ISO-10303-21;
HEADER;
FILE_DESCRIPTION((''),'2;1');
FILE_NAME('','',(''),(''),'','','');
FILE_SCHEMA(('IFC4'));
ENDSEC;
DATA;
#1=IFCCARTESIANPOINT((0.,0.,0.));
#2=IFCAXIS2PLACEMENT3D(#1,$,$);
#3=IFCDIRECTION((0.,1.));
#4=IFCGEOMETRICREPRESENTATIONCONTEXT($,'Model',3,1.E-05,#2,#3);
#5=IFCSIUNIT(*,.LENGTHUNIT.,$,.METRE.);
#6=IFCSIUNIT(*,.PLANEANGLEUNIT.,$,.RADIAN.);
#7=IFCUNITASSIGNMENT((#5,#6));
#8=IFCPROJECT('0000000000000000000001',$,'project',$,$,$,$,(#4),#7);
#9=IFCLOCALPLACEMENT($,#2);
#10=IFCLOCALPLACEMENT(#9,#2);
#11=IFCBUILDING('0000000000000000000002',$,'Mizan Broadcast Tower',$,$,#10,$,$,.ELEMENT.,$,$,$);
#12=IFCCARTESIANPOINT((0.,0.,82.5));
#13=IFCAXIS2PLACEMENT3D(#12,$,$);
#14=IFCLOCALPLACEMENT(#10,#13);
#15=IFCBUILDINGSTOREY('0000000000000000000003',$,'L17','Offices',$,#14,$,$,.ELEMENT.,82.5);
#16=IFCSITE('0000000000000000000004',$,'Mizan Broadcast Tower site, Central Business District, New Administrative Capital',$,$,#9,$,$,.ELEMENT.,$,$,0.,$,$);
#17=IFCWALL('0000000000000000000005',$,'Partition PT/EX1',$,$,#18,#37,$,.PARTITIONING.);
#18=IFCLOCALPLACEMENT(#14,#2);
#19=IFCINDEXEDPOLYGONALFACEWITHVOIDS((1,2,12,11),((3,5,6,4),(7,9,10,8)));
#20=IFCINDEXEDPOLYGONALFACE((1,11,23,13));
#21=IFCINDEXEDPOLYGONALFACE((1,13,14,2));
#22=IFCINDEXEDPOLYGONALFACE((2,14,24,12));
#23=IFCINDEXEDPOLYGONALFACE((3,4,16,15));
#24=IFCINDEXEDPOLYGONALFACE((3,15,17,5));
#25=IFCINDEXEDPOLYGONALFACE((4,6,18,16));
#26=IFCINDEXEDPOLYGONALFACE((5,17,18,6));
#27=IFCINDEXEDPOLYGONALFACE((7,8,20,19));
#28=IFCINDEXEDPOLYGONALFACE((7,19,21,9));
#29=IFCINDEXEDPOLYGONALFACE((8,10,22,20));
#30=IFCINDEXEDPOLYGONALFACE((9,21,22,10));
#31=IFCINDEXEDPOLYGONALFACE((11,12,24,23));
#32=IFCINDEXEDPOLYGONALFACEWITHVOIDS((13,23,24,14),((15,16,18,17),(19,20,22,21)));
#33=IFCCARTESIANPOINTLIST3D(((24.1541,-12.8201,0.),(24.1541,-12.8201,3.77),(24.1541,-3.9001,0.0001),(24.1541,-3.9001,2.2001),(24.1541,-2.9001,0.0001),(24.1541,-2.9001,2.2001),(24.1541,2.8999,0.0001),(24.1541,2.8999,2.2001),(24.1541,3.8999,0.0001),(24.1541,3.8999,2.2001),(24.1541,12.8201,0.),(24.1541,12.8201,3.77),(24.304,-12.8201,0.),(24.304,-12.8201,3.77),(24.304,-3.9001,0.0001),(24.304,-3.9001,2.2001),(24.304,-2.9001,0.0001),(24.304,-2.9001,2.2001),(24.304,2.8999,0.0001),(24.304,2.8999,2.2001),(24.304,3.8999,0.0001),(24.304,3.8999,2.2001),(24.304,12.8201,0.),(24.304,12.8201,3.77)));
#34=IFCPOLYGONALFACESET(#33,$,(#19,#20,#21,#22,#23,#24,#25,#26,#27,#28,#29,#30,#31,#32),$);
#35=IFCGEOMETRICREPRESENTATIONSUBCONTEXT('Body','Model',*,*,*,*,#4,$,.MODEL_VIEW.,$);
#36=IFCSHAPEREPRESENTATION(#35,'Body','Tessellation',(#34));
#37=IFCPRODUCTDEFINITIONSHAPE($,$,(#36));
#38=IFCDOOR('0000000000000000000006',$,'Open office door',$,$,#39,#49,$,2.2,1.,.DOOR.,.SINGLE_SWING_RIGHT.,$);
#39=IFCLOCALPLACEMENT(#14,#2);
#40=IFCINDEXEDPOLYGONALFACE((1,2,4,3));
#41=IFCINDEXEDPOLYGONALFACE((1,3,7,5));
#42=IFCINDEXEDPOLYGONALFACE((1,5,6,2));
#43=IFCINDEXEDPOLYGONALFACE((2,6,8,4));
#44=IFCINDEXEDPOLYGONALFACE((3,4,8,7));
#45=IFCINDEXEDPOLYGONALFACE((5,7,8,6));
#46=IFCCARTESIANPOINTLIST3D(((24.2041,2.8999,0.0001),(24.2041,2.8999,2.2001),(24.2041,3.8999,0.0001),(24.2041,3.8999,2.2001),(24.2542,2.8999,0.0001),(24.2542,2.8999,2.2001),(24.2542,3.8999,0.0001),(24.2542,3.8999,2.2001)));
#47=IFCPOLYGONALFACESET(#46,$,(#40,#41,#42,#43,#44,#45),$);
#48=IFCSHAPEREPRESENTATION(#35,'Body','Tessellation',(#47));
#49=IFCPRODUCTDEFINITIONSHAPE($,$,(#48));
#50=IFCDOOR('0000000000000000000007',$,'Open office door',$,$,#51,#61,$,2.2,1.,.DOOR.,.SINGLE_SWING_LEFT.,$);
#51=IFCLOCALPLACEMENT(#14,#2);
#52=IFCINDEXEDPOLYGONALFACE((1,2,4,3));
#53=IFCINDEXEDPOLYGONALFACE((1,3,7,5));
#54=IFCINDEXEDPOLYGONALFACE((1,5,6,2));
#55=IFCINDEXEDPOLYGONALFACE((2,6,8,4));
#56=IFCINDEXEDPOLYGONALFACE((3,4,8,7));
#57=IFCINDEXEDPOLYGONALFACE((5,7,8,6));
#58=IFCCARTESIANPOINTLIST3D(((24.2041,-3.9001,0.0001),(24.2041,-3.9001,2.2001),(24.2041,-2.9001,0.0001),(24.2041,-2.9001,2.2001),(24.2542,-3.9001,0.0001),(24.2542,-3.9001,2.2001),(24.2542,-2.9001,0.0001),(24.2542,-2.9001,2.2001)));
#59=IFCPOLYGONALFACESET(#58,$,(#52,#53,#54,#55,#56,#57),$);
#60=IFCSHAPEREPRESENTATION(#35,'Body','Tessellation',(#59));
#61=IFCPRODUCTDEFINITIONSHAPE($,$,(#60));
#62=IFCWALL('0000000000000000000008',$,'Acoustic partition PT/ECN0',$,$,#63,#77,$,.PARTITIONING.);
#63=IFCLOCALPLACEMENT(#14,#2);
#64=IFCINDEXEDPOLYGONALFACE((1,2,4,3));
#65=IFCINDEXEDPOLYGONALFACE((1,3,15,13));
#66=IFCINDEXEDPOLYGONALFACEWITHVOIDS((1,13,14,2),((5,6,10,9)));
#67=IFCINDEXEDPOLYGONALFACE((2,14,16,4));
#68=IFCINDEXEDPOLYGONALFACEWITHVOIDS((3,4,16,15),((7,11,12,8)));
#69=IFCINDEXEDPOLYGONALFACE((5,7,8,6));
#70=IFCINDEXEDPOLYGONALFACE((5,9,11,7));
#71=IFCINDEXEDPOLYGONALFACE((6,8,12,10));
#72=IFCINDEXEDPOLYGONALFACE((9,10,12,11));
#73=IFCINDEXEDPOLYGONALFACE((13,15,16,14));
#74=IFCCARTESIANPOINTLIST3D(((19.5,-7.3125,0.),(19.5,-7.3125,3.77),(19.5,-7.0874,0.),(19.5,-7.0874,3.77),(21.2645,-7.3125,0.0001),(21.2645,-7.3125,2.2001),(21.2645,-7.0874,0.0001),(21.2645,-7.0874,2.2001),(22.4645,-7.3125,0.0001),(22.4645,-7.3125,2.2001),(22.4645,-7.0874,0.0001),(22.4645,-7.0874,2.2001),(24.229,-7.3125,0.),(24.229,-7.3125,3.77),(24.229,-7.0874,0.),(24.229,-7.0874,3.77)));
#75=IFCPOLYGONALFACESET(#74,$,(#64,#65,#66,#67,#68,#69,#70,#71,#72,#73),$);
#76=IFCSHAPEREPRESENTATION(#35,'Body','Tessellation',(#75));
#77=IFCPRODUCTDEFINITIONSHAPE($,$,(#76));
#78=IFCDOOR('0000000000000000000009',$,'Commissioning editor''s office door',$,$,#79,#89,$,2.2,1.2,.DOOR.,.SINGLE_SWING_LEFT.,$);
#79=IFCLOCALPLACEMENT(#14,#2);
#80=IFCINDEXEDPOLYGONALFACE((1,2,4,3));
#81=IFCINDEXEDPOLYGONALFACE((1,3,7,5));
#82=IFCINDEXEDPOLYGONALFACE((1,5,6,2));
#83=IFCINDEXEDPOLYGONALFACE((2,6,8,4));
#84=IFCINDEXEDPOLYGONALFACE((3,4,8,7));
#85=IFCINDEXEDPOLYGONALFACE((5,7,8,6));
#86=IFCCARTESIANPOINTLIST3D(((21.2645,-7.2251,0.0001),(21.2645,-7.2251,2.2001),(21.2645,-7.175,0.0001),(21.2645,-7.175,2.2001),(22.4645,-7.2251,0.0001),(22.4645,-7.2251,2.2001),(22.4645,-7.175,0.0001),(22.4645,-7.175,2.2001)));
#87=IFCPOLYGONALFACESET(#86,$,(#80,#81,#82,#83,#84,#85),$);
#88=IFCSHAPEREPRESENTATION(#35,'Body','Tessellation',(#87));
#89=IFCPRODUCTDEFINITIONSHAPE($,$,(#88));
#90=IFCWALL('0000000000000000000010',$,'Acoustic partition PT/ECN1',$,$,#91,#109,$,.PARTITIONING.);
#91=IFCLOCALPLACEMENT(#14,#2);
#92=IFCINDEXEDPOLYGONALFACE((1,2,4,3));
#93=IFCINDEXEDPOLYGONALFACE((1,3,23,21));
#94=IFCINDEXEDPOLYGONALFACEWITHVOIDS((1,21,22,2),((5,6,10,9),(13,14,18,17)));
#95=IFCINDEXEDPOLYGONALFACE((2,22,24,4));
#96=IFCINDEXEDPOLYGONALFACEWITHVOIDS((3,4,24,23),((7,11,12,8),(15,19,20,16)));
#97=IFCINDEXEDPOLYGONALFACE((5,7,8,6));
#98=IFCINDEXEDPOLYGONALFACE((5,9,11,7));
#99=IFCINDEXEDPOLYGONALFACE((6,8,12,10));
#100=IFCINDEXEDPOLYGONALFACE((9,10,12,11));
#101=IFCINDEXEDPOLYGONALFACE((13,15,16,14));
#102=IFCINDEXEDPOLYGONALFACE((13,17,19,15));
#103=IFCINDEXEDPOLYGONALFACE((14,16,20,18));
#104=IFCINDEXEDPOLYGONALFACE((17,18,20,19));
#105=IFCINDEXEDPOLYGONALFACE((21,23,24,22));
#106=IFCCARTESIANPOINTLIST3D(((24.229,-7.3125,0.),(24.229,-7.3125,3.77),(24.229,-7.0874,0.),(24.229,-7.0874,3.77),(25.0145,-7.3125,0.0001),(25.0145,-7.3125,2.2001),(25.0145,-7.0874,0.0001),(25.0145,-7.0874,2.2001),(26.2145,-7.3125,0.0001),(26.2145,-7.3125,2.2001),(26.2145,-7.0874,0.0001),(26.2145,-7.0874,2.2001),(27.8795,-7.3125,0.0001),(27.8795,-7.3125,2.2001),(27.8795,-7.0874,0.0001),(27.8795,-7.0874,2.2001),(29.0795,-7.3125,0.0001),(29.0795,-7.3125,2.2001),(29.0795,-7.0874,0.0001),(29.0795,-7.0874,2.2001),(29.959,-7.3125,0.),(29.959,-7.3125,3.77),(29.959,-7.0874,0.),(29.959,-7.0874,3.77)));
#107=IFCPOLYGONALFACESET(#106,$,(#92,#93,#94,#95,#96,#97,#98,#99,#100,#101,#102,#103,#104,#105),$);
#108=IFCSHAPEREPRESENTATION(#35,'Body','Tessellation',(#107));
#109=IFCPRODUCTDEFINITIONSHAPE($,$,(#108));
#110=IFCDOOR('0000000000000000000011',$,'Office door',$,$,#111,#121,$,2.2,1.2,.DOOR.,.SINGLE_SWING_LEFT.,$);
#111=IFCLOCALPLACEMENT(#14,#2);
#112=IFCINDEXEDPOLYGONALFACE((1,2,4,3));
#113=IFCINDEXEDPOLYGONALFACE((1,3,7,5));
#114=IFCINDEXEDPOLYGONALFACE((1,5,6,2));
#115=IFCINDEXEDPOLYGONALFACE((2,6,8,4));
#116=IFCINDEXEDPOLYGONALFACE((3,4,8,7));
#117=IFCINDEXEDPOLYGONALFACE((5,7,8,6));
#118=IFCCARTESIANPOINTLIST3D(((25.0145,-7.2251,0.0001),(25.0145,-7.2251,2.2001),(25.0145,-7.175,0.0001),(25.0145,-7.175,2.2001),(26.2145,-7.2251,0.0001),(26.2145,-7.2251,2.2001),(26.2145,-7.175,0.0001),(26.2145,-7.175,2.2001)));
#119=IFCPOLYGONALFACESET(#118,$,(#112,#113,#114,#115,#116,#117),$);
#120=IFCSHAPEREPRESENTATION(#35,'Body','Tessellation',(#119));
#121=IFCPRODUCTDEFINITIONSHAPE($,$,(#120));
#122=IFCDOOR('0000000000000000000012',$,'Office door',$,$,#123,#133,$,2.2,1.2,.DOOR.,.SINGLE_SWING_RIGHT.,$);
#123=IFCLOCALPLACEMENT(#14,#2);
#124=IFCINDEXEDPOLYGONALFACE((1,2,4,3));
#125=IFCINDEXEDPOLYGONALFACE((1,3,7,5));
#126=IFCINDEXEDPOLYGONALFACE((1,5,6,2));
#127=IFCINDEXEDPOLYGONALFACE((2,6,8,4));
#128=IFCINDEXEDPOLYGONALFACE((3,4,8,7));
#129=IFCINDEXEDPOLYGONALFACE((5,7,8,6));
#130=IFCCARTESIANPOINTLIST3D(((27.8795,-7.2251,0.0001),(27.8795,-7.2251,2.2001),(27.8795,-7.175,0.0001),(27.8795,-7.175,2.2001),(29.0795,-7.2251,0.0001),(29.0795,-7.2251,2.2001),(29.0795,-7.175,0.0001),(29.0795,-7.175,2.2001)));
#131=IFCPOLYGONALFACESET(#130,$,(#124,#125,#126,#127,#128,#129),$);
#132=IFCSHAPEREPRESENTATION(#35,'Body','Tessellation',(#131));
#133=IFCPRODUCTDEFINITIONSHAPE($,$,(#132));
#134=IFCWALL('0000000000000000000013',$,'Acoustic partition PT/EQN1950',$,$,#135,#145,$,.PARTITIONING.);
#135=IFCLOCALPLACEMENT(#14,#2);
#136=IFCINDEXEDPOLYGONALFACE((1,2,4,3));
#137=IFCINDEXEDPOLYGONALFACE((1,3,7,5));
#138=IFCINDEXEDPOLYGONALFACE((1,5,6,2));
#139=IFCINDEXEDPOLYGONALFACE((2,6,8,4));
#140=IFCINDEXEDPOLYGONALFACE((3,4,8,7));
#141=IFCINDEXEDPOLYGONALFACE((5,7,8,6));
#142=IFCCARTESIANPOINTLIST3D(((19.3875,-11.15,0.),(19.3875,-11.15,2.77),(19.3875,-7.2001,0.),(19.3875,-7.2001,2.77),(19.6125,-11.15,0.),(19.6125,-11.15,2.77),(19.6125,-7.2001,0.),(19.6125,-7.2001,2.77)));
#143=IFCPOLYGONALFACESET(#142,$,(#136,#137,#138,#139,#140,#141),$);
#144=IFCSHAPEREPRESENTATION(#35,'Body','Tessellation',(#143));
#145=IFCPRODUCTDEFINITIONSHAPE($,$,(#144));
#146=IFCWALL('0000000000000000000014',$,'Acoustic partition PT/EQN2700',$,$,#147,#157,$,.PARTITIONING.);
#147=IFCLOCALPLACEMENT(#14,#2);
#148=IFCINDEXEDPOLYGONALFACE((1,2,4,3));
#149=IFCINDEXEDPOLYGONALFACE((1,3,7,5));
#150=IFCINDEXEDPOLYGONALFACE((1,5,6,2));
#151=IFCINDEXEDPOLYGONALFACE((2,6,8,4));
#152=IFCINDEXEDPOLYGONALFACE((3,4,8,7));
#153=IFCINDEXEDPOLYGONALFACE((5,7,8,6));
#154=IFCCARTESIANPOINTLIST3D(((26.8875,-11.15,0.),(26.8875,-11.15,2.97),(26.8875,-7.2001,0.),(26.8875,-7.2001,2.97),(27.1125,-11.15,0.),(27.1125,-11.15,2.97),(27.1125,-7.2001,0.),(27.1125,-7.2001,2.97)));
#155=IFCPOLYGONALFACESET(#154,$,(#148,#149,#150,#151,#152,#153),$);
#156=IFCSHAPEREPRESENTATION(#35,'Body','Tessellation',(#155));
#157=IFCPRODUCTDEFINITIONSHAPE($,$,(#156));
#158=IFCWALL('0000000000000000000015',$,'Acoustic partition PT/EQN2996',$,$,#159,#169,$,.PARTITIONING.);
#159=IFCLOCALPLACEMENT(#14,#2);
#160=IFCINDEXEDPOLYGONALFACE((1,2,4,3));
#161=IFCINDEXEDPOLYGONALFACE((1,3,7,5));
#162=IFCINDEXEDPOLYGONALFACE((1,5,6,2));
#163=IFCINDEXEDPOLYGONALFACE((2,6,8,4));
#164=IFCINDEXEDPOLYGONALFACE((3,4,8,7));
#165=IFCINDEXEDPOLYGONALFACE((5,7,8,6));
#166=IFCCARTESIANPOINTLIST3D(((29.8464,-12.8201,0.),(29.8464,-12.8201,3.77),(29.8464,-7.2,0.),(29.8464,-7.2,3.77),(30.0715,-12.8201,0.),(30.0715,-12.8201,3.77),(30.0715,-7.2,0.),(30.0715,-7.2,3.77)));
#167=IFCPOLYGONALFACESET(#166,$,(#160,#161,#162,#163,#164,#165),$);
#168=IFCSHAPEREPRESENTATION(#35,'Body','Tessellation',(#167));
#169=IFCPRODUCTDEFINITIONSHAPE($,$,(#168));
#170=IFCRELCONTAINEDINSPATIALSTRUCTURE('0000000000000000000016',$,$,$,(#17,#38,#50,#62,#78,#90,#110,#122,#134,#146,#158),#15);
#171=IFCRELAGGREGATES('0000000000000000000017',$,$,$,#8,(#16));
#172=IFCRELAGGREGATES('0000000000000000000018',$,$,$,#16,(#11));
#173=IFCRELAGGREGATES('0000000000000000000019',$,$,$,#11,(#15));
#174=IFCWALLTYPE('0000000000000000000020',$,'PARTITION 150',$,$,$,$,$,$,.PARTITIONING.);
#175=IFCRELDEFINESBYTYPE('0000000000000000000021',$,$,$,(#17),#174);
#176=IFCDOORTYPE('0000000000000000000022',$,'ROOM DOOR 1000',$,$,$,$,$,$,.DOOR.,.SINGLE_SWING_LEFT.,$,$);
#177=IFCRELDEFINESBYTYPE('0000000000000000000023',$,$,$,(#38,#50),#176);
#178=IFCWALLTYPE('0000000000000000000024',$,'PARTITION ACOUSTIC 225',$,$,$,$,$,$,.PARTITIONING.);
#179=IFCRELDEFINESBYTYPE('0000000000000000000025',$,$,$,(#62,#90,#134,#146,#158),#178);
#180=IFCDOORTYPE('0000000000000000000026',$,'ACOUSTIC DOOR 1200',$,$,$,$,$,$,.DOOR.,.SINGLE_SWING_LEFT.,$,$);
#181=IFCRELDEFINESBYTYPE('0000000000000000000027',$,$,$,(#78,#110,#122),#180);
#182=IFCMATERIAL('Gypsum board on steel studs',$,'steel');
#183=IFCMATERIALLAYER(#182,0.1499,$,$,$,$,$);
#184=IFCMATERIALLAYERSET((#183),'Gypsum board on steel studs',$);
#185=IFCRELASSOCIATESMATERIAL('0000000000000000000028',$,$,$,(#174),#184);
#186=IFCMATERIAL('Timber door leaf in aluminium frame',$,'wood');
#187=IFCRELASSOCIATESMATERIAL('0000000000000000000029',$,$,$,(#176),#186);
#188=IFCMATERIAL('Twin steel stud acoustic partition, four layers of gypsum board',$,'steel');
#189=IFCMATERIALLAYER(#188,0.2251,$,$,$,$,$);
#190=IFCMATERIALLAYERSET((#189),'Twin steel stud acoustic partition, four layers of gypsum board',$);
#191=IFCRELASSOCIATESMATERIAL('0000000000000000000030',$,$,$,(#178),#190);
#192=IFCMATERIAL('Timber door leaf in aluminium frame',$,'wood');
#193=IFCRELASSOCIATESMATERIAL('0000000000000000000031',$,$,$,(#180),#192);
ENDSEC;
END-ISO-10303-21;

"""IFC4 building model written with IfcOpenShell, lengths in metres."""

from ifc_helpers import new_model, si_unit, direction, frame, frame_2d, origin, place, context, subcontext, project, spatial, rectangle, extrude, material, layer, layer_set, type_object, element, fill, save


model = new_model("IFC4")

# Units and contexts
model_context = context("Model", 3, precision=1e-05, world=origin(), true_north=direction((0.0, 1.0)))
body_context = subcontext(model_context, "Body", "Model", "MODEL_VIEW")
ifc_project = project(units=[si_unit("LENGTHUNIT", "METRE"), si_unit("PLANEANGLEUNIT", "RADIAN")], contexts=[model_context])

# Site, building, storey
site_placement = place(None, origin())
site = spatial("IfcSite", under=ifc_project, at=site_placement, Name="Mizan Broadcast Tower site, Central Business District, New Administrative Capital", CompositionType="ELEMENT", RefElevation=0.0)
building_placement = place(site_placement, origin())
building = spatial("IfcBuilding", under=site, at=building_placement, Name="Mizan Broadcast Tower", CompositionType="ELEMENT")
storey_placement = place(building_placement, frame((0.0, 0.0, 82.5)))
storey = spatial("IfcBuildingStorey", under=building, at=storey_placement, Name="L17", Description="Offices", CompositionType="ELEMENT", Elevation=82.5)

# Wall, openings, doors
ifc_material_1 = material(Name="Gypsum board on steel studs", Category="steel")
ifc_layer_1 = layer(ifc_material_1, 0.1499)
ifc_layer_set_1 = layer_set([ifc_layer_1], Name="Gypsum board on steel studs")
wall_type_1 = type_object("IfcWallType", Name="PARTITION 150", PredefinedType="PARTITIONING", material=ifc_layer_set_1)
wall_1_placement = place(storey_placement, frame((24.229, -12.8201, 0.0), z_axis=(0.0, 0.0, 1.0), x_axis=(0.0, 1.0, 0.0)))
wall_1 = element("IfcWall", 1, at=wall_1_placement, inside=storey, type_object=wall_type_1, Name="Partition PT/EX1", PredefinedType="PARTITIONING", context=body_context, shape_type="SweptSolid", body=[
    extrude(rectangle(XDim=25.6401, YDim=0.1499, at=frame_2d((12.8201, 0.0))), origin(), (0.0, 0.0, 1.0), 3.77),
])
opening_1_placement = place(wall_1_placement, frame((15.72, 0.0, 0.0)))
opening_1 = element("IfcOpeningElement", 2, at=opening_1_placement, cuts=wall_1, PredefinedType="OPENING", context=body_context, shape_type="SweptSolid", body=[
    extrude(rectangle(XDim=1.0, YDim=2.2, at=frame_2d((0.5, 1.1001))), frame((0.0, 0.085, 0.0), z_axis=(0.0, -1.0, 0.0), x_axis=(1.0, 0.0, 0.0)), (0.0, 0.0, 1.0), 0.1699),
])
opening_2_placement = place(wall_1_placement, frame((8.9199, 0.0, 0.0)))
opening_2 = element("IfcOpeningElement", 3, at=opening_2_placement, cuts=wall_1, PredefinedType="OPENING", context=body_context, shape_type="SweptSolid", body=[
    extrude(rectangle(XDim=1.0, YDim=2.2, at=frame_2d((0.5, 1.1001))), frame((0.0, 0.085, 0.0), z_axis=(0.0, -1.0, 0.0), x_axis=(1.0, 0.0, 0.0)), (0.0, 0.0, 1.0), 0.1699),
])
ifc_material_2 = material(Name="Timber door leaf in aluminium frame", Category="wood")
door_type_1 = type_object("IfcDoorType", Name="ROOM DOOR 1000", OperationType="SINGLE_SWING_LEFT", PredefinedType="DOOR", material=ifc_material_2)
door_1_placement = place(opening_1_placement, origin())
door_1 = element("IfcDoor", 4, at=door_1_placement, inside=storey, type_object=door_type_1, Name="Open office door", OperationType="SINGLE_SWING_RIGHT", OverallHeight=2.2, OverallWidth=1.0, PredefinedType="DOOR", context=body_context, shape_type="SweptSolid", body=[
    extrude(rectangle(XDim=1.0, YDim=2.2, at=frame_2d((0.5, 1.1001))), frame((0.0, 0.0249, 0.0), z_axis=(0.0, -1.0, 0.0), x_axis=(1.0, 0.0, 0.0)), (0.0, 0.0, 1.0), 0.05),
])
fill(opening_1, door_1)
door_2_placement = place(opening_2_placement, origin())
door_2 = element("IfcDoor", 5, at=door_2_placement, inside=storey, type_object=door_type_1, Name="Open office door", OperationType="SINGLE_SWING_LEFT", OverallHeight=2.2, OverallWidth=1.0, PredefinedType="DOOR", context=body_context, shape_type="SweptSolid", body=[
    extrude(rectangle(XDim=1.0, YDim=2.2, at=frame_2d((0.5, 1.1001))), frame((0.0, 0.0249, 0.0), z_axis=(0.0, -1.0, 0.0), x_axis=(1.0, 0.0, 0.0)), (0.0, 0.0, 1.0), 0.05),
])
fill(opening_2, door_2)

# Wall, opening, door
ifc_material_3 = material(Name="Twin steel stud acoustic partition, four layers of gypsum board", Category="steel")
ifc_layer_2 = layer(ifc_material_3, 0.2251)
ifc_layer_set_2 = layer_set([ifc_layer_2], Name="Twin steel stud acoustic partition, four layers of gypsum board")
wall_type_2 = type_object("IfcWallType", Name="PARTITION ACOUSTIC 225", PredefinedType="PARTITIONING", material=ifc_layer_set_2)
wall_2_placement = place(storey_placement, frame((19.5, -7.2, 0.0), z_axis=(0.0, 0.0, 1.0), x_axis=(1.0, 0.0, 0.0)))
wall_2 = element("IfcWall", 6, at=wall_2_placement, inside=storey, type_object=wall_type_2, Name="Acoustic partition PT/ECN0", PredefinedType="PARTITIONING", context=body_context, shape_type="SweptSolid", body=[
    extrude(rectangle(XDim=4.729, YDim=0.2251, at=frame_2d((2.3645, 0.0))), origin(), (0.0, 0.0, 1.0), 3.77),
])
opening_3_placement = place(wall_2_placement, frame((1.7644, 0.0, 0.0)))
opening_3 = element("IfcOpeningElement", 7, at=opening_3_placement, cuts=wall_2, PredefinedType="OPENING", context=body_context, shape_type="SweptSolid", body=[
    extrude(rectangle(XDim=1.2, YDim=2.2, at=frame_2d((0.6001, 1.1001))), frame((0.0, 0.1226, 0.0), z_axis=(0.0, -1.0, 0.0), x_axis=(1.0, 0.0, 0.0)), (0.0, 0.0, 1.0), 0.2451),
])
ifc_material_4 = material(Name="Timber door leaf in aluminium frame", Category="wood")
door_type_2 = type_object("IfcDoorType", Name="ACOUSTIC DOOR 1200", OperationType="SINGLE_SWING_LEFT", PredefinedType="DOOR", material=ifc_material_4)
door_3_placement = place(opening_3_placement, origin())
door_3 = element("IfcDoor", 8, at=door_3_placement, inside=storey, type_object=door_type_2, Name="Commissioning editor's office door", OperationType="SINGLE_SWING_LEFT", OverallHeight=2.2, OverallWidth=1.2, PredefinedType="DOOR", context=body_context, shape_type="SweptSolid", body=[
    extrude(rectangle(XDim=1.2, YDim=2.2, at=frame_2d((0.6001, 1.1001))), frame((0.0, 0.0249, 0.0), z_axis=(0.0, -1.0, 0.0), x_axis=(1.0, 0.0, 0.0)), (0.0, 0.0, 1.0), 0.05),
])
fill(opening_3, door_3)

# Wall, openings, doors
wall_3_placement = place(storey_placement, frame((24.229, -7.2, 0.0), z_axis=(0.0, 0.0, 1.0), x_axis=(1.0, 0.0, 0.0)))
wall_3 = element("IfcWall", 9, at=wall_3_placement, inside=storey, type_object=wall_type_2, Name="Acoustic partition PT/ECN1", PredefinedType="PARTITIONING", context=body_context, shape_type="SweptSolid", body=[
    extrude(rectangle(XDim=5.73, YDim=0.2251, at=frame_2d((2.865, 0.0))), origin(), (0.0, 0.0, 1.0), 3.77),
])
opening_4_placement = place(wall_3_placement, frame((0.7854, 0.0, 0.0)))
opening_4 = element("IfcOpeningElement", 10, at=opening_4_placement, cuts=wall_3, PredefinedType="OPENING", context=body_context, shape_type="SweptSolid", body=[
    extrude(rectangle(XDim=1.2, YDim=2.2, at=frame_2d((0.6001, 1.1001))), frame((0.0, 0.1226, 0.0), z_axis=(0.0, -1.0, 0.0), x_axis=(1.0, 0.0, 0.0)), (0.0, 0.0, 1.0), 0.2451),
])
opening_5_placement = place(wall_3_placement, frame((3.6504, 0.0, 0.0)))
opening_5 = element("IfcOpeningElement", 11, at=opening_5_placement, cuts=wall_3, PredefinedType="OPENING", context=body_context, shape_type="SweptSolid", body=[
    extrude(rectangle(XDim=1.2, YDim=2.2, at=frame_2d((0.6001, 1.1001))), frame((0.0, 0.1226, 0.0), z_axis=(0.0, -1.0, 0.0), x_axis=(1.0, 0.0, 0.0)), (0.0, 0.0, 1.0), 0.2451),
])
door_4_placement = place(opening_4_placement, origin())
door_4 = element("IfcDoor", 12, at=door_4_placement, inside=storey, type_object=door_type_2, Name="Office door", OperationType="SINGLE_SWING_LEFT", OverallHeight=2.2, OverallWidth=1.2, PredefinedType="DOOR", context=body_context, shape_type="SweptSolid", body=[
    extrude(rectangle(XDim=1.2, YDim=2.2, at=frame_2d((0.6001, 1.1001))), frame((0.0, 0.0249, 0.0), z_axis=(0.0, -1.0, 0.0), x_axis=(1.0, 0.0, 0.0)), (0.0, 0.0, 1.0), 0.05),
])
fill(opening_4, door_4)
door_5_placement = place(opening_5_placement, origin())
door_5 = element("IfcDoor", 13, at=door_5_placement, inside=storey, type_object=door_type_2, Name="Office door", OperationType="SINGLE_SWING_RIGHT", OverallHeight=2.2, OverallWidth=1.2, PredefinedType="DOOR", context=body_context, shape_type="SweptSolid", body=[
    extrude(rectangle(XDim=1.2, YDim=2.2, at=frame_2d((0.6001, 1.1001))), frame((0.0, 0.0249, 0.0), z_axis=(0.0, -1.0, 0.0), x_axis=(1.0, 0.0, 0.0)), (0.0, 0.0, 1.0), 0.05),
])
fill(opening_5, door_5)

# Walls
wall_4_placement = place(storey_placement, frame((19.5, -7.2, 0.0), z_axis=(0.0, 0.0, 1.0), x_axis=(0.0, -1.0, 0.0)))
element("IfcWall", 14, at=wall_4_placement, inside=storey, type_object=wall_type_2, Name="Acoustic partition PT/EQN1950", PredefinedType="PARTITIONING", context=body_context, shape_type="SweptSolid", body=[
    extrude(rectangle(XDim=3.95, YDim=0.2251, at=frame_2d((1.9751, 0.0))), origin(), (0.0, 0.0, 1.0), 2.77),
])
wall_5_placement = place(storey_placement, frame((27.0, -7.2, 0.0), z_axis=(0.0, 0.0, 1.0), x_axis=(0.0, -1.0, 0.0)))
element("IfcWall", 15, at=wall_5_placement, inside=storey, type_object=wall_type_2, Name="Acoustic partition PT/EQN2700", PredefinedType="PARTITIONING", context=body_context, shape_type="SweptSolid", body=[
    extrude(rectangle(XDim=3.95, YDim=0.2251, at=frame_2d((1.9751, 0.0))), origin(), (0.0, 0.0, 1.0), 2.97),
])
wall_6_placement = place(storey_placement, frame((29.959, -7.2, 0.0), z_axis=(0.0, 0.0, 1.0), x_axis=(0.0, -1.0, 0.0)))
element("IfcWall", 16, at=wall_6_placement, inside=storey, type_object=wall_type_2, Name="Acoustic partition PT/EQN2996", PredefinedType="PARTITIONING", context=body_context, shape_type="SweptSolid", body=[
    extrude(rectangle(XDim=5.6201, YDim=0.2251, at=frame_2d((2.8101, 0.0))), origin(), (0.0, 0.0, 1.0), 3.77),
])

save(model, "model.ifc")
